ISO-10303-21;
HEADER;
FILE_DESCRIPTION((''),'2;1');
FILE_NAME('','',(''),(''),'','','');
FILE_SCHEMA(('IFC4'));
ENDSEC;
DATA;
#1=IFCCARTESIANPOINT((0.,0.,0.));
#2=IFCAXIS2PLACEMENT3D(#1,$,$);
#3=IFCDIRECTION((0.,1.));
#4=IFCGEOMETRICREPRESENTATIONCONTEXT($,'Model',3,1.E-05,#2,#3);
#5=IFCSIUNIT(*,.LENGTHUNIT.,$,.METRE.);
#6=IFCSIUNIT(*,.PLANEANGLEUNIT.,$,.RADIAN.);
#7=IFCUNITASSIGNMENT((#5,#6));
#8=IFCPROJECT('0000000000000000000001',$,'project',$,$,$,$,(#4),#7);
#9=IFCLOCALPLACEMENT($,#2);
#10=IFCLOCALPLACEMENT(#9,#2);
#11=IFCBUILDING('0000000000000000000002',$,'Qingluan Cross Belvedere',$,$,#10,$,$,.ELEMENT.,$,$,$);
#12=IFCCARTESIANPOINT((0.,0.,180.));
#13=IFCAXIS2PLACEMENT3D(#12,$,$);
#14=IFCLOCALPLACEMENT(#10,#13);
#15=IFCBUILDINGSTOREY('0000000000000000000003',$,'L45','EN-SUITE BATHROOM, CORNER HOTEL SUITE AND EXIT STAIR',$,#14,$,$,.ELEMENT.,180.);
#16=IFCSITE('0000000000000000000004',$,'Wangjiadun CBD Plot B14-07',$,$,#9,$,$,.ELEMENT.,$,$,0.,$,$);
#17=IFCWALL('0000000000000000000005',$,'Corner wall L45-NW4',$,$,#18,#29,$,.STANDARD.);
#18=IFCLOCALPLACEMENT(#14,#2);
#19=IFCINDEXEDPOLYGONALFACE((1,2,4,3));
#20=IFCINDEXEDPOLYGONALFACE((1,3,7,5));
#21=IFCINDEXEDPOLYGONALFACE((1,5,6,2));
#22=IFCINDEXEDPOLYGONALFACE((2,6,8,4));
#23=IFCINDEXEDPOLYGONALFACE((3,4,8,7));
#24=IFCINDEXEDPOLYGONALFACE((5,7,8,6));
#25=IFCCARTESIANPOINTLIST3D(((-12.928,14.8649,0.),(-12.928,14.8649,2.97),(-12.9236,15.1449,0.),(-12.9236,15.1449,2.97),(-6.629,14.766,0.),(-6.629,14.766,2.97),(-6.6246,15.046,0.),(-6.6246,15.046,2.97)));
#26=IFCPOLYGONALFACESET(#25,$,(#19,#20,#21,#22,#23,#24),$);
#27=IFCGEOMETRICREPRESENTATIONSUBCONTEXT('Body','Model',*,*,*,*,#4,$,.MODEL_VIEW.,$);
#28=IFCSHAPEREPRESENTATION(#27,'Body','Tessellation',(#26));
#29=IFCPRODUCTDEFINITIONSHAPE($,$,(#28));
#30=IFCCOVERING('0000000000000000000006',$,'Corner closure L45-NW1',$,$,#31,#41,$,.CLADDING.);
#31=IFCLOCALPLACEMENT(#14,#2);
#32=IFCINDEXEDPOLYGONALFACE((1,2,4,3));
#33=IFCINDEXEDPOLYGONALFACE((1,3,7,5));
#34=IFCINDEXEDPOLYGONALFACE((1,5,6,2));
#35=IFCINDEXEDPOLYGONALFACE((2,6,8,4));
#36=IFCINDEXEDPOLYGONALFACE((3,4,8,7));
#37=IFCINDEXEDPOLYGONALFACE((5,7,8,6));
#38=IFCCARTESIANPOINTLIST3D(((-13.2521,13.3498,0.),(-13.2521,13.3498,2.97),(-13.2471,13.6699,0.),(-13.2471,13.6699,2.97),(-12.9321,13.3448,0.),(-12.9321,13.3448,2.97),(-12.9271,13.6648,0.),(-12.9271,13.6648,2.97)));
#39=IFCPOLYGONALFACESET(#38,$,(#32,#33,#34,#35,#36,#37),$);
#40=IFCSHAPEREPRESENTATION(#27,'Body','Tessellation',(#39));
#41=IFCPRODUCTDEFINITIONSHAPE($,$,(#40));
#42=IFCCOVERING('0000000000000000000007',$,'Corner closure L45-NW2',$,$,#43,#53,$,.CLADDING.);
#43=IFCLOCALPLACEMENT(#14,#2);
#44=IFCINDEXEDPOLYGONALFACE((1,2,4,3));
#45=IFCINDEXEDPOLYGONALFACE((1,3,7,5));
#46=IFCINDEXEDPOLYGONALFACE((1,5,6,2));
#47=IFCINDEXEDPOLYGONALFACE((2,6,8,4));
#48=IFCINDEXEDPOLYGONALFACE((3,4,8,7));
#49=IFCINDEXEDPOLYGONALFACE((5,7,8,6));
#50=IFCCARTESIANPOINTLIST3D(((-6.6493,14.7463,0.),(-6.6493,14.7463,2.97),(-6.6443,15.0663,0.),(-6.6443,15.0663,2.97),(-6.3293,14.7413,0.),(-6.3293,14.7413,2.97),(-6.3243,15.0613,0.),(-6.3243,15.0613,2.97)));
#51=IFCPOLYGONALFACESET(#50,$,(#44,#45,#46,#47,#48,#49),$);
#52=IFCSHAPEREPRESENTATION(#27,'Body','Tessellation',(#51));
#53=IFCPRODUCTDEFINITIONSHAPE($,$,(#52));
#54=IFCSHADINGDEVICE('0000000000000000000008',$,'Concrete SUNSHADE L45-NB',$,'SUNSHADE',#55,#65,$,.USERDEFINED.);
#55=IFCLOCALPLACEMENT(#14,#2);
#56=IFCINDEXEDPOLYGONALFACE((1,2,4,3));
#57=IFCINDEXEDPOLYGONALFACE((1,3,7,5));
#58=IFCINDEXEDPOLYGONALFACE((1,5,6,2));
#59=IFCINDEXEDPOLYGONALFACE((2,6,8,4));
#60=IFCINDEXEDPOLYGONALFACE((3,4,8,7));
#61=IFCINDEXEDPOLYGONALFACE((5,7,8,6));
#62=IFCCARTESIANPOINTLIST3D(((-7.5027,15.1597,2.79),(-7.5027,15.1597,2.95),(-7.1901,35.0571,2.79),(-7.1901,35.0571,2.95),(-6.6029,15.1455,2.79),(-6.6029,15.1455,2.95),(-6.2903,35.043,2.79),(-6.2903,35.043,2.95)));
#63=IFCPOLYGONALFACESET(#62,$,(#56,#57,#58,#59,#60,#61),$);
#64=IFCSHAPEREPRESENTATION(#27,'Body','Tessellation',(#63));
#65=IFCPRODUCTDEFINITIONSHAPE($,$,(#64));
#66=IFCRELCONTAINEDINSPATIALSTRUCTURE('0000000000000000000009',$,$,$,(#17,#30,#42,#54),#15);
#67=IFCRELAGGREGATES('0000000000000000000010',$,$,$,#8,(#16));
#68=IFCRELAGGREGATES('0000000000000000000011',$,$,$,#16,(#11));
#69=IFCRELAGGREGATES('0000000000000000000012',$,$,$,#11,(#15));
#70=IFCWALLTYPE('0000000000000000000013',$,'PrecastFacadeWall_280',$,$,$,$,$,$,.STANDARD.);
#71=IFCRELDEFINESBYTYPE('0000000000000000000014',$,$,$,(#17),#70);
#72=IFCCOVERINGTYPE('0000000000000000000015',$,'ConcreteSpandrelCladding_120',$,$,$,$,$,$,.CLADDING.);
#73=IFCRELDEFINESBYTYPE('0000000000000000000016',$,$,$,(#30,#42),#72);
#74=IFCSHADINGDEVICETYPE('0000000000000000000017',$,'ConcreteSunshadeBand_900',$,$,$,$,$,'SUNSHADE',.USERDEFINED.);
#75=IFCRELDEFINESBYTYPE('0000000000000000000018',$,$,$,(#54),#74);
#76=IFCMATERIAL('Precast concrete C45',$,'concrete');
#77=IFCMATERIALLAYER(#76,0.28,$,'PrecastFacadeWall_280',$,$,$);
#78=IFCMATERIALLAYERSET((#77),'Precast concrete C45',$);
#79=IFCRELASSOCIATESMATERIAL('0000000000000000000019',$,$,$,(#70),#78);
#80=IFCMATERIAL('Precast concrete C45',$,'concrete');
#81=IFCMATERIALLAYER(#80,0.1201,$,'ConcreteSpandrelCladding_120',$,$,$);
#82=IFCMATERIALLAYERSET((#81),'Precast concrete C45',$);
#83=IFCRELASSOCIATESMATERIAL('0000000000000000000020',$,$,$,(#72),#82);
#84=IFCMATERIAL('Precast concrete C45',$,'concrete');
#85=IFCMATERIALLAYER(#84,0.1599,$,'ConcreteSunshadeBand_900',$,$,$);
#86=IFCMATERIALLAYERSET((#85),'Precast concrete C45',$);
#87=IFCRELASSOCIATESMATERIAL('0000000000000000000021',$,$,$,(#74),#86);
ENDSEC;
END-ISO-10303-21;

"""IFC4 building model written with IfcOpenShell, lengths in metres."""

from ifc_helpers import new_model, si_unit, direction, frame, frame_2d, origin, origin_2d, place, context, subcontext, project, spatial, rectangle, extrude, material, layer, layer_set, type_object, element, save


model = new_model("IFC4")

# Units and contexts
model_context = context("Model", 3, precision=1e-05, world=origin(), true_north=direction((0.0, 1.0)))
body_context = subcontext(model_context, "Body", "Model", "MODEL_VIEW")
ifc_project = project(units=[si_unit("LENGTHUNIT", "METRE"), si_unit("PLANEANGLEUNIT", "RADIAN")], contexts=[model_context])

# Site, building, storey
site_placement = place(None, origin())
site = spatial("IfcSite", under=ifc_project, at=site_placement, Name="Wangjiadun CBD Plot B14-07", CompositionType="ELEMENT", RefElevation=0.0)
building_placement = place(site_placement, origin())
building = spatial("IfcBuilding", under=site, at=building_placement, Name="Qingluan Cross Belvedere", CompositionType="ELEMENT")
storey_placement = place(building_placement, frame((0.0, 0.0, 180.0)))
storey = spatial("IfcBuildingStorey", under=building, at=storey_placement, Name="L45", Description="EN-SUITE BATHROOM, CORNER HOTEL SUITE AND EXIT STAIR", CompositionType="ELEMENT", Elevation=180.0)

# Shared definitions
ifc_material_1 = material(Name="Precast concrete C45", Category="concrete")
ifc_layer_1 = layer(ifc_material_1, 0.28, Name="PrecastFacadeWall_280")
ifc_layer_set_1 = layer_set([ifc_layer_1], Name="Precast concrete C45")
wall_type_1 = type_object("IfcWallType", Name="PrecastFacadeWall_280", PredefinedType="STANDARD", material=ifc_layer_set_1)

# Wall
wall_1_placement = place(storey_placement, frame((-12.9258, 15.0049, 0.0), z_axis=(0.0, 0.0, 1.0), x_axis=(0.999877, -0.015695, 0.0)))
element("IfcWall", 1, at=wall_1_placement, inside=storey, type_object=wall_type_1, Name="Corner wall L45-NW4", PredefinedType="STANDARD", context=body_context, shape_type="SweptSolid", body=[
    extrude(rectangle(XDim=6.2998, YDim=0.28, at=frame_2d((3.1499, 0.0))), origin(), (0.0, 0.0, 1.0), 2.97),
])

# Coverings
ifc_material_2 = material(Name="Precast concrete C45", Category="concrete")
ifc_layer_2 = layer(ifc_material_2, 0.1201, Name="ConcreteSpandrelCladding_120")
ifc_layer_set_2 = layer_set([ifc_layer_2], Name="Precast concrete C45")
covering_type = type_object("IfcCoveringType", Name="ConcreteSpandrelCladding_120", PredefinedType="CLADDING", material=ifc_layer_set_2)
for number, where, z_axis, x_axis, name in (
    (2, (-13.0896, 13.5073, 0.0), (0.0, 0.0, 1.0), (0.999877, -0.015707, 0.0), "Corner closure L45-NW1"),
    (3, (-6.4868, 14.9038, 0.0), (0.0, 0.0, 1.0), (0.999877, -0.015707, 0.0), "Corner closure L45-NW2"),
):
    element("IfcCovering", number, at=place(storey_placement, frame(where, z_axis=z_axis, x_axis=x_axis)), inside=storey, type_object=covering_type, Name=name, PredefinedType="CLADDING", context=body_context, shape_type="SweptSolid", body=[
        extrude(rectangle(XDim=0.3201, YDim=0.3201, at=origin_2d()), origin(), (0.0, 0.0, 1.0), 2.97),
    ])

# Shading device
ifc_material_3 = material(Name="Precast concrete C45", Category="concrete")
ifc_layer_3 = layer(ifc_material_3, 0.1599, Name="ConcreteSunshadeBand_900")
ifc_layer_set_3 = layer_set([ifc_layer_3], Name="Precast concrete C45")
shading_device_type = type_object("IfcShadingDeviceType", Name="ConcreteSunshadeBand_900", ElementType="SUNSHADE", PredefinedType="USERDEFINED", material=ifc_layer_set_3)
shading_device_placement = place(storey_placement, frame((-6.8965, 25.1013, 2.79), z_axis=(0.0, 0.0, 1.0), x_axis=(-0.015706, -0.999877, 0.0)))
element("IfcShadingDevice", 4, at=shading_device_placement, inside=storey, type_object=shading_device_type, Name="Concrete SUNSHADE L45-NB", ObjectType="SUNSHADE", PredefinedType="USERDEFINED", context=body_context, shape_type="SweptSolid", body=[
    extrude(rectangle(XDim=19.8999, YDim=0.8999, at=origin_2d()), origin(), (0.0, 0.0, 1.0), 0.1599),
])

save(model, "model.ifc")
